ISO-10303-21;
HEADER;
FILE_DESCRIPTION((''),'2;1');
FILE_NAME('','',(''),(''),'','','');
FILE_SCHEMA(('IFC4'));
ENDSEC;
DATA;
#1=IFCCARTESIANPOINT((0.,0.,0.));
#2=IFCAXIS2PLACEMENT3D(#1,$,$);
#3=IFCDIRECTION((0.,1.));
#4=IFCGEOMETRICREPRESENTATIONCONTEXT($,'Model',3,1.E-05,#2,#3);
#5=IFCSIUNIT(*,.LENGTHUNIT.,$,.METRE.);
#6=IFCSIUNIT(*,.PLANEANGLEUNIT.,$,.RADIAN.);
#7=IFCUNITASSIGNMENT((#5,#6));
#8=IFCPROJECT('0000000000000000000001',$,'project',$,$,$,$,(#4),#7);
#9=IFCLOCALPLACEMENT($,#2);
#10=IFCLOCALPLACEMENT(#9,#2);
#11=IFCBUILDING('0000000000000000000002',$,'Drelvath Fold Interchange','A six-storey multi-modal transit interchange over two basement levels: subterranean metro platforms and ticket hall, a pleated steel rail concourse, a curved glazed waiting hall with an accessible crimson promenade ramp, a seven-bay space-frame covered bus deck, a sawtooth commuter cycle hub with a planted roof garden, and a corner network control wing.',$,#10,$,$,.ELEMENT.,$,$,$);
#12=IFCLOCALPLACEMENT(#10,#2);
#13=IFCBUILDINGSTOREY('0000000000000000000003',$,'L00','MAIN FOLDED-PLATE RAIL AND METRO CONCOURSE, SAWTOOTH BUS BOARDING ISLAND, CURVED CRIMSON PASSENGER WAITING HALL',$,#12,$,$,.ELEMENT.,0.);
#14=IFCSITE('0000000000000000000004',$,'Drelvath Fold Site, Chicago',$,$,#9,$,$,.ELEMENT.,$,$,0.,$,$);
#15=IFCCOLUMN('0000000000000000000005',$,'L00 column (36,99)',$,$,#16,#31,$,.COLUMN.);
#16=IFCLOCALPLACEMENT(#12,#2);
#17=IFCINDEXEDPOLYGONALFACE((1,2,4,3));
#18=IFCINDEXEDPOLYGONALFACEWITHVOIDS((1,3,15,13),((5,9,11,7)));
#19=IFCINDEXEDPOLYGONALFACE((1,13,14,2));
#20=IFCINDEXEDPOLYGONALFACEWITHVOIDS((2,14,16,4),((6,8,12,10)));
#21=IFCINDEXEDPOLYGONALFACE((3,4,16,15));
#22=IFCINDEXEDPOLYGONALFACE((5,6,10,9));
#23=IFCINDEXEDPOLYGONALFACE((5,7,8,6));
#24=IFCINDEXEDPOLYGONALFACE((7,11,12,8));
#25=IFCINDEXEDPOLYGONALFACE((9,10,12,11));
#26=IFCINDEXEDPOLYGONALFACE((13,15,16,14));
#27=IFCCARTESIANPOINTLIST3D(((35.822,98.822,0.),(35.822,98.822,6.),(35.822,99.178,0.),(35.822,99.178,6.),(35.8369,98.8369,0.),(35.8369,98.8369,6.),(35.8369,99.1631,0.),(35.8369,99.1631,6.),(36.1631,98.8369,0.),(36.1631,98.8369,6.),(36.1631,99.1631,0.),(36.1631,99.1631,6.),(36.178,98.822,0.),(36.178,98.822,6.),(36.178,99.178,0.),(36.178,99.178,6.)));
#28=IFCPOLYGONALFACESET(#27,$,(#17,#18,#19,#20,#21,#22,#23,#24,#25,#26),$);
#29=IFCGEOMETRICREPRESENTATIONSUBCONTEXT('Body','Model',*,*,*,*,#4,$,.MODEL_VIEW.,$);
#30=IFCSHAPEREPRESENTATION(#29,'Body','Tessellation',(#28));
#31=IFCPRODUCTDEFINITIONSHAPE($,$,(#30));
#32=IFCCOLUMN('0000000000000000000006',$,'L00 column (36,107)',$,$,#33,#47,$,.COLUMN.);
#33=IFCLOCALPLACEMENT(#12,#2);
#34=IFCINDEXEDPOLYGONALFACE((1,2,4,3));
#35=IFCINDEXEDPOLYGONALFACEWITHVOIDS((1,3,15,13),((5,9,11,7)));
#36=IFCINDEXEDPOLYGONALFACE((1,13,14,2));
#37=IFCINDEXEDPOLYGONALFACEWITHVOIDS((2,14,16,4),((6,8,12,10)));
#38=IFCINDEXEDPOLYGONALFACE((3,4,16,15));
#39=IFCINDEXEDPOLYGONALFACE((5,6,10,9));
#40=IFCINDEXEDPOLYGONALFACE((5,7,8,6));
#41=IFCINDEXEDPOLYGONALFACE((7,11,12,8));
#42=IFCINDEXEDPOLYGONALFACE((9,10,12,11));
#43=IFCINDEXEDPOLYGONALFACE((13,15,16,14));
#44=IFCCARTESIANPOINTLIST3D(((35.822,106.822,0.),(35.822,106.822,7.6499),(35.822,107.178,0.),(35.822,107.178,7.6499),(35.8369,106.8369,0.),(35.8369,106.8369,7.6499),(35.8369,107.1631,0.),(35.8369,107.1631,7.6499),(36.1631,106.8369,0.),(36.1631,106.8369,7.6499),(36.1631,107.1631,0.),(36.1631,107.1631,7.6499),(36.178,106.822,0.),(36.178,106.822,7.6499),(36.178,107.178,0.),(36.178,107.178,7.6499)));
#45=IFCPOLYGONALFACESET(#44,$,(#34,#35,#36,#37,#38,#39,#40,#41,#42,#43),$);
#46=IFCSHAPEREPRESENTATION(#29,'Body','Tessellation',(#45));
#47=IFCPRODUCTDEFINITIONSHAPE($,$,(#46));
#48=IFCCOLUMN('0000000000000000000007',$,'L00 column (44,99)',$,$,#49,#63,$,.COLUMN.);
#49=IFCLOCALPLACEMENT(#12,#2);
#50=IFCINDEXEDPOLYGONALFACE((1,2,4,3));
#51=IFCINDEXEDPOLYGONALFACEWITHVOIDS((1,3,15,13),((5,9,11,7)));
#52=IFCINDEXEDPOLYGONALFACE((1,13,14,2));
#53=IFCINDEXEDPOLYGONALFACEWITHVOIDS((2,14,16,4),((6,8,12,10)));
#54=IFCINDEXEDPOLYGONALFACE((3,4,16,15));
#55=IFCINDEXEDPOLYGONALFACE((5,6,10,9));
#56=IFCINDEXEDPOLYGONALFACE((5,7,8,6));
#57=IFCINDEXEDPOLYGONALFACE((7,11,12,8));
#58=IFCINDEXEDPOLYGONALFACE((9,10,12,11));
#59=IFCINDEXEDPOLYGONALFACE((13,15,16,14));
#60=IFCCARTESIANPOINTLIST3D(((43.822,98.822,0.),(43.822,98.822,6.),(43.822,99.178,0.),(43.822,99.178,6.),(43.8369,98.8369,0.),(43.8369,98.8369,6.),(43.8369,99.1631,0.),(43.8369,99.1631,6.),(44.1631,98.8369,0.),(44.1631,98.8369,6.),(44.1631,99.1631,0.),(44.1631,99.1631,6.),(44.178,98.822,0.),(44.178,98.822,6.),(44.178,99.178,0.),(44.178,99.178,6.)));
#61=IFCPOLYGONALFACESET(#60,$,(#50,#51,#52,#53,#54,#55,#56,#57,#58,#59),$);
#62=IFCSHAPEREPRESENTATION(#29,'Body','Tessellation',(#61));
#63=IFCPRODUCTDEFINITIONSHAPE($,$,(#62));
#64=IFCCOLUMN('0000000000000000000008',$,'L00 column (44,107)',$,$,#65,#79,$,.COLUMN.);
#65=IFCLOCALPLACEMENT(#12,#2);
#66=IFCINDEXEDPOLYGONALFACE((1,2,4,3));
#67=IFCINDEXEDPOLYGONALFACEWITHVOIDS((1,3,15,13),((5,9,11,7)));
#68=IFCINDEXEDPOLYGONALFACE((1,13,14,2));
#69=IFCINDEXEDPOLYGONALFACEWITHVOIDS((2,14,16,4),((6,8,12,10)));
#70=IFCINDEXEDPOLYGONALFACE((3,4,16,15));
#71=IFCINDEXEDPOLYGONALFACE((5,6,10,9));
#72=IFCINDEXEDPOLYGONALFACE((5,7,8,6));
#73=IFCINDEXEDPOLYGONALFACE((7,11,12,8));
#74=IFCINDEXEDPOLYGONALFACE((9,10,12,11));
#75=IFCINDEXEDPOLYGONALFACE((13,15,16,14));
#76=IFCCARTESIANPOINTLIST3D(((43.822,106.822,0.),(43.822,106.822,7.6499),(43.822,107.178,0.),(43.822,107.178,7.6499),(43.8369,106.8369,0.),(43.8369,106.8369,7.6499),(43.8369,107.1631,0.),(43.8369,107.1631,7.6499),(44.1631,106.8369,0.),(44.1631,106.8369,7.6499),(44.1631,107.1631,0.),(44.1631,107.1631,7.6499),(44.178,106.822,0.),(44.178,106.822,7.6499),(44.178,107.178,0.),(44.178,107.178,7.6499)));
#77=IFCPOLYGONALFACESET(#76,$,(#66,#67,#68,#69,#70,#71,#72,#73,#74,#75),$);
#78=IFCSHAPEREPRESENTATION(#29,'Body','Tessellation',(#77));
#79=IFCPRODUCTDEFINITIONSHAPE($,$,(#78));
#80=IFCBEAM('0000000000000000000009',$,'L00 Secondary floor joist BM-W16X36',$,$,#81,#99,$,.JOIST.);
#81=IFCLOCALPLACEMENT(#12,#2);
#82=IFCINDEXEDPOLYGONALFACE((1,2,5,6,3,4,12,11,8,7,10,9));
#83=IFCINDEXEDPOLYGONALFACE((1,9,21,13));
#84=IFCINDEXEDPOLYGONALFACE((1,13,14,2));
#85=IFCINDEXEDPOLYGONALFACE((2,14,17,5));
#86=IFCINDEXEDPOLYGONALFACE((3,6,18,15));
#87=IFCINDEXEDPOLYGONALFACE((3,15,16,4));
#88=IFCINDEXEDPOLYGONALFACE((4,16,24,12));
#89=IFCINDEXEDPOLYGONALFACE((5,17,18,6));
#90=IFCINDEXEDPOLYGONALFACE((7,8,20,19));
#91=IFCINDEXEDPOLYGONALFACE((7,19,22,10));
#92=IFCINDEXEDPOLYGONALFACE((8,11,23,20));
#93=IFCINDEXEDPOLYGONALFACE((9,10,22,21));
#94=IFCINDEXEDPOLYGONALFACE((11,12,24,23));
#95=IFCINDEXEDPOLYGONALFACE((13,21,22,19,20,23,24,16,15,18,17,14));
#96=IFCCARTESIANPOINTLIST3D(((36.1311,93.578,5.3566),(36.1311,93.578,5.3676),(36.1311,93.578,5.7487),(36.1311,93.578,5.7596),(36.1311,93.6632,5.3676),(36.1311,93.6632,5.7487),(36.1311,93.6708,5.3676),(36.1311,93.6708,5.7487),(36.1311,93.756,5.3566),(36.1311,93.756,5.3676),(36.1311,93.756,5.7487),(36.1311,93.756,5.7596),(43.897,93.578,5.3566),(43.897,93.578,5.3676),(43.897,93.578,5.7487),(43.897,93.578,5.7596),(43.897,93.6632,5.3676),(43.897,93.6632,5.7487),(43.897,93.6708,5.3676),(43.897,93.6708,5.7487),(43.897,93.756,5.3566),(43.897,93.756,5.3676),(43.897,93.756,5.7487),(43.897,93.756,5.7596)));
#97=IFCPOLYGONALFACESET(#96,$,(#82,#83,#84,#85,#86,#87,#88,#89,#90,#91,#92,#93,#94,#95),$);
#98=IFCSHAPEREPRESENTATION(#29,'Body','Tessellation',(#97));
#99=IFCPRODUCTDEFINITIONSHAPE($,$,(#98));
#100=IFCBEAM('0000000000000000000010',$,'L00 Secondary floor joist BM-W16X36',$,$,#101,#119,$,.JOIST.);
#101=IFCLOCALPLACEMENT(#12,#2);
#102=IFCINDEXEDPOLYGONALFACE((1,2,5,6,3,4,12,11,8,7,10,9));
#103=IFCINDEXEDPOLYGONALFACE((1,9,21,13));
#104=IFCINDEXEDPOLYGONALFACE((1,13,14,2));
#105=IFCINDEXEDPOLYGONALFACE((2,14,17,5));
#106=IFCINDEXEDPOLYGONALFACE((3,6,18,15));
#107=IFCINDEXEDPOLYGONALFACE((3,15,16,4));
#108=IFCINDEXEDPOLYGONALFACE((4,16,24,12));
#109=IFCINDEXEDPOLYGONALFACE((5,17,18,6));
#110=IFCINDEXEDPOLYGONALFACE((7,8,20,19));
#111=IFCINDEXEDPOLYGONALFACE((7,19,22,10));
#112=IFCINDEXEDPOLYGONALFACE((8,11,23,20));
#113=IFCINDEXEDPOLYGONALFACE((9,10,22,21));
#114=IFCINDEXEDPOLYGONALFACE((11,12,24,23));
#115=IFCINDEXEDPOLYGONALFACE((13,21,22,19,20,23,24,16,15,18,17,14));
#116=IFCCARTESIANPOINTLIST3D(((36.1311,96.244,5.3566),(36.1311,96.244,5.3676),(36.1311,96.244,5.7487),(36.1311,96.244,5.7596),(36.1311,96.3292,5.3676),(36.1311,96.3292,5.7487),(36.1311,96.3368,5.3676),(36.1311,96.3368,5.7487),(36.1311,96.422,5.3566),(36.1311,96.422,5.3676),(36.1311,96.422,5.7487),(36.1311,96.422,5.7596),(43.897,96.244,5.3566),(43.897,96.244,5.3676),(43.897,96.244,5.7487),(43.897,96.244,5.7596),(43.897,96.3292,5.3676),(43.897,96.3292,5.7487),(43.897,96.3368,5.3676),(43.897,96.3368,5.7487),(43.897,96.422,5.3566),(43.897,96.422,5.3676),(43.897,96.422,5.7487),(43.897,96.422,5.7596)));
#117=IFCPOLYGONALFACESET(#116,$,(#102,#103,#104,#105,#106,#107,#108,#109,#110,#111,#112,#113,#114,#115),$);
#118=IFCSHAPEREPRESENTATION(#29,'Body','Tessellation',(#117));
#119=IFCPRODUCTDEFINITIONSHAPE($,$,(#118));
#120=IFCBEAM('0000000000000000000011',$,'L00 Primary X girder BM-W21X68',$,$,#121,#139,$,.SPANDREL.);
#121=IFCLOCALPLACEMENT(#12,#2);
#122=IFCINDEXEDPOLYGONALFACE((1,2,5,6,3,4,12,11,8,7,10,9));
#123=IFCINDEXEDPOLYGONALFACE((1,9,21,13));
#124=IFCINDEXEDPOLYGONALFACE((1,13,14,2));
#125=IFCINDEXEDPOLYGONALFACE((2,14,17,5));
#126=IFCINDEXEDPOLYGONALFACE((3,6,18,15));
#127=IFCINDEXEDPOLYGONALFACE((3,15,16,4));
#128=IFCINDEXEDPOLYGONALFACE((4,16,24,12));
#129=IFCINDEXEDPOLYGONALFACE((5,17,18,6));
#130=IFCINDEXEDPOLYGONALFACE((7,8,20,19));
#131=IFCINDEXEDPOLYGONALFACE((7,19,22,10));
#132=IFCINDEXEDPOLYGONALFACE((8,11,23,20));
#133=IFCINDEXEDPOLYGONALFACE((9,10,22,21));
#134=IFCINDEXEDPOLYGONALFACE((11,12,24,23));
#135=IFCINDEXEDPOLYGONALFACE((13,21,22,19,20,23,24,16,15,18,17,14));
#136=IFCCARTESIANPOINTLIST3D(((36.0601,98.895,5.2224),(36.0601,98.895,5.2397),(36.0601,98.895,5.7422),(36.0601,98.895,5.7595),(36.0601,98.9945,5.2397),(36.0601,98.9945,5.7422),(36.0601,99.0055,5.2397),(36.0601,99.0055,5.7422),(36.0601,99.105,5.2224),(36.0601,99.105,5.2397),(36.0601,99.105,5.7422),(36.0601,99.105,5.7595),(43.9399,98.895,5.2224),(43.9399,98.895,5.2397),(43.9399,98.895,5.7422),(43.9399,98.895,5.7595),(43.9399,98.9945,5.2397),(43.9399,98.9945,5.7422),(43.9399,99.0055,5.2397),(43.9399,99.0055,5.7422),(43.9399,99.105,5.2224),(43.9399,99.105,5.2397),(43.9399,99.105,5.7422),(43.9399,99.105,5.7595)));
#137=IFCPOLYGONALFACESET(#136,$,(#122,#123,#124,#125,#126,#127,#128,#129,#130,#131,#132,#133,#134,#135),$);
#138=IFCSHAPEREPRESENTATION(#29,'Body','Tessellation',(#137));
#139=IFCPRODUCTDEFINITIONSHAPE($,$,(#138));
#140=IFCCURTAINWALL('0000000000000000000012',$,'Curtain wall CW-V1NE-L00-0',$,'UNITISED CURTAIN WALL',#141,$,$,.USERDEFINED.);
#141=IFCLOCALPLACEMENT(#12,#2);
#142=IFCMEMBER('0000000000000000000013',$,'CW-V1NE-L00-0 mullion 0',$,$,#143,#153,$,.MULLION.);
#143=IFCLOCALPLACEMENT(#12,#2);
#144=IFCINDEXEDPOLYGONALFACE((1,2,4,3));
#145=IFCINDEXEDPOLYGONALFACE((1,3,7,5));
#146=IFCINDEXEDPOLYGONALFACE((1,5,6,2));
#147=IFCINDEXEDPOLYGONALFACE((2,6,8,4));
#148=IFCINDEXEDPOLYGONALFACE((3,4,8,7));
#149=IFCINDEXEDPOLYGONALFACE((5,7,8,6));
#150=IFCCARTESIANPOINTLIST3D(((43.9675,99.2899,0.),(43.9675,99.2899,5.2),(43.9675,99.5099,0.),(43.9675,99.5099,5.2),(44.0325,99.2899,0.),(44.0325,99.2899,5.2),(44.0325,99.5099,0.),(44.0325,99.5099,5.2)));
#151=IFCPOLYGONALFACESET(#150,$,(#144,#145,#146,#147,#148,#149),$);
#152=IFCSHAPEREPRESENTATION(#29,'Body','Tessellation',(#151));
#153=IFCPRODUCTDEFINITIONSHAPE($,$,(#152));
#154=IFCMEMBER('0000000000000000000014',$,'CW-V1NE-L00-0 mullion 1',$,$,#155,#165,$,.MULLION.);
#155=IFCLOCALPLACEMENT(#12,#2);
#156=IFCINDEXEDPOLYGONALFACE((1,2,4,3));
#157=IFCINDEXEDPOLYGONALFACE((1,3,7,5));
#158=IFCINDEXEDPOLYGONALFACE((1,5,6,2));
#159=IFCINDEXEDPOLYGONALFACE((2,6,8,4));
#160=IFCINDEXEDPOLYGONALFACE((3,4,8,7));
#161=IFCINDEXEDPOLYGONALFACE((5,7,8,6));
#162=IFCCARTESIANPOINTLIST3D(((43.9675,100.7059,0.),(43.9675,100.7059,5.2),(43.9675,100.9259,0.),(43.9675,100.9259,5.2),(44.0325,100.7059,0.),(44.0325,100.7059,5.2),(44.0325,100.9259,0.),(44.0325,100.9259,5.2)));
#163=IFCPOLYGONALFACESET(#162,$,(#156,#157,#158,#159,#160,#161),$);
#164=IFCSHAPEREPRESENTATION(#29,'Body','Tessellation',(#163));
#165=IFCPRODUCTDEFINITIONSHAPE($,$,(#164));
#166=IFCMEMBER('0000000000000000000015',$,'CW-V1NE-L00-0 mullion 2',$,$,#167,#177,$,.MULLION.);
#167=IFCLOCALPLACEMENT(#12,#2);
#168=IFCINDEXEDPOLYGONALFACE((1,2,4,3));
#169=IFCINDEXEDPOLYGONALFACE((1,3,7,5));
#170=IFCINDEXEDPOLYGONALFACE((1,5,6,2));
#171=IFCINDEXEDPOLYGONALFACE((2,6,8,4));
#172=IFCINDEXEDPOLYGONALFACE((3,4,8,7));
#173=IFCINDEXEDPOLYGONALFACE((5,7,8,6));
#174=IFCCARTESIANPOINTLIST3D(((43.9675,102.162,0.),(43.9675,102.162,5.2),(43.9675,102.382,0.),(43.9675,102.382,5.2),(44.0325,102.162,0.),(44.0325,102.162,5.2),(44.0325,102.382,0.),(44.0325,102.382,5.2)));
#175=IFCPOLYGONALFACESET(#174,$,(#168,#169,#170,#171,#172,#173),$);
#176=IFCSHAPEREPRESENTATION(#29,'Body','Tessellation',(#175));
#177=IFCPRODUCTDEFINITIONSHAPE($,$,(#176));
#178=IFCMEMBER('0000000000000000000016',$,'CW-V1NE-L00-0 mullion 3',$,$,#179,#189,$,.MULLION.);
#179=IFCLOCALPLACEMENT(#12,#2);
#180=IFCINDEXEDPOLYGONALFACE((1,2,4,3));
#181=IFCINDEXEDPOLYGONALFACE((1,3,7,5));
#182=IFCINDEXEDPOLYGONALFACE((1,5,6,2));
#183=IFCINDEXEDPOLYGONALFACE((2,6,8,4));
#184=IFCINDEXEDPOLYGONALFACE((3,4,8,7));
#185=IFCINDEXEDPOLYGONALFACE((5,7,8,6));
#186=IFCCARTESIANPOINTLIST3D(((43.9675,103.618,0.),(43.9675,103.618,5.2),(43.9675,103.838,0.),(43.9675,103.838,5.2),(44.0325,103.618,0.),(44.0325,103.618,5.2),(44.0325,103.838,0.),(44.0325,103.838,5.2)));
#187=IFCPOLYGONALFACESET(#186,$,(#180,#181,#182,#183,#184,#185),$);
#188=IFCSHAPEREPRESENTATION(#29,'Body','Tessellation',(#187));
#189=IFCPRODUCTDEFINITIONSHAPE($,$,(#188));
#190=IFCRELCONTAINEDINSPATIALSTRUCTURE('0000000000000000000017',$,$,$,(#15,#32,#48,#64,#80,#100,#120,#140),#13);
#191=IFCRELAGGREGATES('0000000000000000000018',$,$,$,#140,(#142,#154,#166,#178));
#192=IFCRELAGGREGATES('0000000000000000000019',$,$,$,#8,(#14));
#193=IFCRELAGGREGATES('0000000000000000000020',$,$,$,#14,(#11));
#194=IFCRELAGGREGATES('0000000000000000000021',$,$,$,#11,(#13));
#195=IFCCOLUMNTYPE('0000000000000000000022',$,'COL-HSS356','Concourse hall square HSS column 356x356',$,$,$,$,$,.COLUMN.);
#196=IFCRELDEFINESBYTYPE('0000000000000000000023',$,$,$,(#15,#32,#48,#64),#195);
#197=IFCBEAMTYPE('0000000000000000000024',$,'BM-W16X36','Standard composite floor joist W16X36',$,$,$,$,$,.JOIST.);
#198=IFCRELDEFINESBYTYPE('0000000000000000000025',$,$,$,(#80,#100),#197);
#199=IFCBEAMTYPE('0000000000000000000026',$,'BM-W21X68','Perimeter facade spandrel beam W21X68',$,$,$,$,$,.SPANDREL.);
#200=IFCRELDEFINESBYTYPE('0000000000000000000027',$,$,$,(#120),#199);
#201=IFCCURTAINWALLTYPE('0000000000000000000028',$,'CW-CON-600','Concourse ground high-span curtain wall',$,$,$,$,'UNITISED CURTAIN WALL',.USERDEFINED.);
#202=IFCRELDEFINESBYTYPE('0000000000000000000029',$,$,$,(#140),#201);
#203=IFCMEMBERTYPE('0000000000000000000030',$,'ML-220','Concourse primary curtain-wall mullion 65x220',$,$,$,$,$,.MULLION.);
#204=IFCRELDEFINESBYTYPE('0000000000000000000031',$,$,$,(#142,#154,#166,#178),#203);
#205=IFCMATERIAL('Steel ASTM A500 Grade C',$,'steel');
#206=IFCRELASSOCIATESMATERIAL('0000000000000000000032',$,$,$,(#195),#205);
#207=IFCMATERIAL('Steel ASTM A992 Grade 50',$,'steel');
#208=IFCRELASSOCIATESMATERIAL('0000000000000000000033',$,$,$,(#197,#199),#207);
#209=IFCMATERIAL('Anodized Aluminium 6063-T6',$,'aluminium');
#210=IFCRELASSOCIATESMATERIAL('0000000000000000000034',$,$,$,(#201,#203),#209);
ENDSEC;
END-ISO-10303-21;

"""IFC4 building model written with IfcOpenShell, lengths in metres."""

from ifc_helpers import new_model, si_unit, direction, frame, origin, origin_2d, place, context, subcontext, project, spatial, rectangle, hollow_rectangle, i_section, extrude, material, material_profile, profile_set, type_object, element, aggregate, save


model = new_model("IFC4")

# Units and contexts
model_context = context("Model", 3, precision=1e-05, world=origin(), true_north=direction((0.0, 1.0)))
body_context = subcontext(model_context, "Body", "Model", "MODEL_VIEW")
ifc_project = project(units=[si_unit("LENGTHUNIT", "METRE"), si_unit("PLANEANGLEUNIT", "RADIAN")], contexts=[model_context])

# Site, building, storey
site_placement = place(None, origin())
site = spatial("IfcSite", under=ifc_project, at=site_placement, Name="Drelvath Fold Site, Chicago", CompositionType="ELEMENT", RefElevation=0.0)
building_placement = place(site_placement, origin())
building = spatial("IfcBuilding", under=site, at=building_placement, Name="Drelvath Fold Interchange", Description="A six-storey multi-modal transit interchange over two basement levels: subterranean metro platforms and ticket hall, a pleated steel rail concourse, a curved glazed waiting hall with an accessible crimson promenade ramp, a seven-bay space-frame covered bus deck, a sawtooth commuter cycle hub with a planted roof garden, and a corner network control wing.", CompositionType="ELEMENT")
storey_placement = place(building_placement, origin())
storey = spatial("IfcBuildingStorey", under=building, at=storey_placement, Name="L00", Description="MAIN FOLDED-PLATE RAIL AND METRO CONCOURSE, SAWTOOTH BUS BOARDING ISLAND, CURVED CRIMSON PASSENGER WAITING HALL", CompositionType="ELEMENT", Elevation=0.0)

# Columns
ifc_material_1 = material(Name="Steel ASTM A500 Grade C", Category="steel")
ifc_material_profile_1 = material_profile(ifc_material_1, hollow_rectangle(XDim=0.356, YDim=0.356, WallThickness=0.0149, at=origin_2d()), Name="HSS14X14X5/8")
ifc_profile_set_1 = profile_set([ifc_material_profile_1], Name="Steel ASTM A500 Grade C")
column_type = type_object("IfcColumnType", Name="COL-HSS356", Description="Concourse hall square HSS column 356x356", PredefinedType="COLUMN", material=ifc_profile_set_1)
column_1_placement = place(storey_placement, frame((36.0, 99.0, 0.0), z_axis=(0.0, 0.0, 1.0), x_axis=(1.0, 0.0, 0.0)))
element("IfcColumn", 1, at=column_1_placement, inside=storey, type_object=column_type, Name="L00 column (36,99)", PredefinedType="COLUMN", context=body_context, shape_type="SweptSolid", body=[
    extrude(hollow_rectangle(XDim=0.356, YDim=0.356, WallThickness=0.0149, at=origin_2d()), origin(), (0.0, 0.0, 1.0), 6.0),
])
column_2_placement = place(storey_placement, frame((36.0, 107.0, 0.0), z_axis=(0.0, 0.0, 1.0), x_axis=(1.0, 0.0, 0.0)))
element("IfcColumn", 2, at=column_2_placement, inside=storey, type_object=column_type, Name="L00 column (36,107)", PredefinedType="COLUMN", context=body_context, shape_type="SweptSolid", body=[
    extrude(hollow_rectangle(XDim=0.356, YDim=0.356, WallThickness=0.0149, at=origin_2d()), origin(), (0.0, 0.0, 1.0), 7.6499),
])
column_3_placement = place(storey_placement, frame((44.0, 99.0, 0.0), z_axis=(0.0, 0.0, 1.0), x_axis=(1.0, 0.0, 0.0)))
element("IfcColumn", 3, at=column_3_placement, inside=storey, type_object=column_type, Name="L00 column (44,99)", PredefinedType="COLUMN", context=body_context, shape_type="SweptSolid", body=[
    extrude(hollow_rectangle(XDim=0.356, YDim=0.356, WallThickness=0.0149, at=origin_2d()), origin(), (0.0, 0.0, 1.0), 6.0),
])
column_4_placement = place(storey_placement, frame((44.0, 107.0, 0.0), z_axis=(0.0, 0.0, 1.0), x_axis=(1.0, 0.0, 0.0)))
element("IfcColumn", 4, at=column_4_placement, inside=storey, type_object=column_type, Name="L00 column (44,107)", PredefinedType="COLUMN", context=body_context, shape_type="SweptSolid", body=[
    extrude(hollow_rectangle(XDim=0.356, YDim=0.356, WallThickness=0.0149, at=origin_2d()), origin(), (0.0, 0.0, 1.0), 7.6499),
])

# Beams
ifc_material_2 = material(Name="Steel ASTM A992 Grade 50", Category="steel")
ifc_material_profile_2 = material_profile(ifc_material_2, i_section(OverallWidth=0.178, OverallDepth=0.4031, WebThickness=0.0076, FlangeThickness=0.011, at=origin_2d()), Name="W16X36")
ifc_profile_set_2 = profile_set([ifc_material_profile_2], Name="Steel ASTM A992 Grade 50")
beam_type_1 = type_object("IfcBeamType", Name="BM-W16X36", Description="Standard composite floor joist W16X36", PredefinedType="JOIST", material=ifc_profile_set_2)
for number, where, z_axis, x_axis, name in (
    (5, (36.1311, 93.667, 5.5581), (1.0, 0.0, 0.0), (0.0, 1.0, 0.0), "L00 Secondary floor joist BM-W16X36"),
    (6, (36.1311, 96.333, 5.5581), (1.0, 0.0, 0.0), (0.0, 1.0, 0.0), "L00 Secondary floor joist BM-W16X36"),
):
    element("IfcBeam", number, at=place(storey_placement, frame(where, z_axis=z_axis, x_axis=x_axis)), inside=storey, type_object=beam_type_1, Name=name, PredefinedType="JOIST", context=body_context, shape_type="SweptSolid", body=[
        extrude(i_section(OverallWidth=0.178, OverallDepth=0.4031, WebThickness=0.0076, FlangeThickness=0.011, at=origin_2d()), origin(), (0.0, 0.0, 1.0), 7.7659),
    ])
ifc_material_profile_3 = material_profile(ifc_material_2, i_section(OverallWidth=0.21, OverallDepth=0.5371, WebThickness=0.011, FlangeThickness=0.0173, at=origin_2d()), Name="W21X68")
ifc_profile_set_3 = profile_set([ifc_material_profile_3], Name="Steel ASTM A992 Grade 50")
beam_type_2 = type_object("IfcBeamType", Name="BM-W21X68", Description="Perimeter facade spandrel beam W21X68", PredefinedType="SPANDREL", material=ifc_profile_set_3)
beam_placement = place(storey_placement, frame((36.0601, 99.0, 5.491), z_axis=(1.0, 0.0, 0.0), x_axis=(0.0, 1.0, 0.0)))
element("IfcBeam", 7, at=beam_placement, inside=storey, type_object=beam_type_2, Name="L00 Primary X girder BM-W21X68", PredefinedType="SPANDREL", context=body_context, shape_type="SweptSolid", body=[
    extrude(i_section(OverallWidth=0.21, OverallDepth=0.5371, WebThickness=0.011, FlangeThickness=0.0173, at=origin_2d()), origin(), (0.0, 0.0, 1.0), 7.8799),
])

# Curtain wall, members
ifc_material_3 = material(Name="Anodized Aluminium 6063-T6", Category="aluminium")
curtain_wall_type_1 = type_object("IfcCurtainWallType", Name="CW-CON-600", Description="Concourse ground high-span curtain wall", ElementType="UNITISED CURTAIN WALL", PredefinedType="USERDEFINED", material=ifc_material_3)
curtain_wall_1_placement = place(storey_placement, origin())
curtain_wall_1 = element("IfcCurtainWall", 8, at=curtain_wall_1_placement, inside=storey, type_object=curtain_wall_type_1, Name="Curtain wall CW-V1NE-L00-0", ObjectType="UNITISED CURTAIN WALL", PredefinedType="USERDEFINED")
ifc_material_profile_4 = material_profile(ifc_material_3, rectangle(XDim=0.0649, YDim=0.22, at=origin_2d()), Name="AL-M 65x220")
ifc_profile_set_4 = profile_set([ifc_material_profile_4], Name="Anodized Aluminium 6063-T6")
member_type_1 = type_object("IfcMemberType", Name="ML-220", Description="Concourse primary curtain-wall mullion 65x220", PredefinedType="MULLION", material=ifc_profile_set_4)
member_1_placement = place(storey_placement, frame((44.0, 99.3999, 0.0), z_axis=(0.0, 0.0, 1.0), x_axis=(1.0, 0.0, 0.0)))
member_1 = element("IfcMember", 9, at=member_1_placement, type_object=member_type_1, Name="CW-V1NE-L00-0 mullion 0", PredefinedType="MULLION", context=body_context, shape_type="SweptSolid", body=[
    extrude(rectangle(XDim=0.0649, YDim=0.22, at=origin_2d()), origin(), (0.0, 0.0, 1.0), 5.2),
])
member_2_placement = place(storey_placement, frame((44.0, 100.8159, 0.0), z_axis=(0.0, 0.0, 1.0), x_axis=(1.0, 0.0, 0.0)))
member_2 = element("IfcMember", 10, at=member_2_placement, type_object=member_type_1, Name="CW-V1NE-L00-0 mullion 1", PredefinedType="MULLION", context=body_context, shape_type="SweptSolid", body=[
    extrude(rectangle(XDim=0.0649, YDim=0.22, at=origin_2d()), origin(), (0.0, 0.0, 1.0), 5.2),
])
member_3_placement = place(storey_placement, frame((44.0, 102.272, 0.0), z_axis=(0.0, 0.0, 1.0), x_axis=(1.0, 0.0, 0.0)))
member_3 = element("IfcMember", 11, at=member_3_placement, type_object=member_type_1, Name="CW-V1NE-L00-0 mullion 2", PredefinedType="MULLION", context=body_context, shape_type="SweptSolid", body=[
    extrude(rectangle(XDim=0.0649, YDim=0.22, at=origin_2d()), origin(), (0.0, 0.0, 1.0), 5.2),
])
member_4_placement = place(storey_placement, frame((44.0, 103.728, 0.0), z_axis=(0.0, 0.0, 1.0), x_axis=(1.0, 0.0, 0.0)))
member_4 = element("IfcMember", 12, at=member_4_placement, type_object=member_type_1, Name="CW-V1NE-L00-0 mullion 3", PredefinedType="MULLION", context=body_context, shape_type="SweptSolid", body=[
    extrude(rectangle(XDim=0.0649, YDim=0.22, at=origin_2d()), origin(), (0.0, 0.0, 1.0), 5.2),
])

aggregate(curtain_wall_1, [member_1, member_2, member_3, member_4])

save(model, "model.ifc")
